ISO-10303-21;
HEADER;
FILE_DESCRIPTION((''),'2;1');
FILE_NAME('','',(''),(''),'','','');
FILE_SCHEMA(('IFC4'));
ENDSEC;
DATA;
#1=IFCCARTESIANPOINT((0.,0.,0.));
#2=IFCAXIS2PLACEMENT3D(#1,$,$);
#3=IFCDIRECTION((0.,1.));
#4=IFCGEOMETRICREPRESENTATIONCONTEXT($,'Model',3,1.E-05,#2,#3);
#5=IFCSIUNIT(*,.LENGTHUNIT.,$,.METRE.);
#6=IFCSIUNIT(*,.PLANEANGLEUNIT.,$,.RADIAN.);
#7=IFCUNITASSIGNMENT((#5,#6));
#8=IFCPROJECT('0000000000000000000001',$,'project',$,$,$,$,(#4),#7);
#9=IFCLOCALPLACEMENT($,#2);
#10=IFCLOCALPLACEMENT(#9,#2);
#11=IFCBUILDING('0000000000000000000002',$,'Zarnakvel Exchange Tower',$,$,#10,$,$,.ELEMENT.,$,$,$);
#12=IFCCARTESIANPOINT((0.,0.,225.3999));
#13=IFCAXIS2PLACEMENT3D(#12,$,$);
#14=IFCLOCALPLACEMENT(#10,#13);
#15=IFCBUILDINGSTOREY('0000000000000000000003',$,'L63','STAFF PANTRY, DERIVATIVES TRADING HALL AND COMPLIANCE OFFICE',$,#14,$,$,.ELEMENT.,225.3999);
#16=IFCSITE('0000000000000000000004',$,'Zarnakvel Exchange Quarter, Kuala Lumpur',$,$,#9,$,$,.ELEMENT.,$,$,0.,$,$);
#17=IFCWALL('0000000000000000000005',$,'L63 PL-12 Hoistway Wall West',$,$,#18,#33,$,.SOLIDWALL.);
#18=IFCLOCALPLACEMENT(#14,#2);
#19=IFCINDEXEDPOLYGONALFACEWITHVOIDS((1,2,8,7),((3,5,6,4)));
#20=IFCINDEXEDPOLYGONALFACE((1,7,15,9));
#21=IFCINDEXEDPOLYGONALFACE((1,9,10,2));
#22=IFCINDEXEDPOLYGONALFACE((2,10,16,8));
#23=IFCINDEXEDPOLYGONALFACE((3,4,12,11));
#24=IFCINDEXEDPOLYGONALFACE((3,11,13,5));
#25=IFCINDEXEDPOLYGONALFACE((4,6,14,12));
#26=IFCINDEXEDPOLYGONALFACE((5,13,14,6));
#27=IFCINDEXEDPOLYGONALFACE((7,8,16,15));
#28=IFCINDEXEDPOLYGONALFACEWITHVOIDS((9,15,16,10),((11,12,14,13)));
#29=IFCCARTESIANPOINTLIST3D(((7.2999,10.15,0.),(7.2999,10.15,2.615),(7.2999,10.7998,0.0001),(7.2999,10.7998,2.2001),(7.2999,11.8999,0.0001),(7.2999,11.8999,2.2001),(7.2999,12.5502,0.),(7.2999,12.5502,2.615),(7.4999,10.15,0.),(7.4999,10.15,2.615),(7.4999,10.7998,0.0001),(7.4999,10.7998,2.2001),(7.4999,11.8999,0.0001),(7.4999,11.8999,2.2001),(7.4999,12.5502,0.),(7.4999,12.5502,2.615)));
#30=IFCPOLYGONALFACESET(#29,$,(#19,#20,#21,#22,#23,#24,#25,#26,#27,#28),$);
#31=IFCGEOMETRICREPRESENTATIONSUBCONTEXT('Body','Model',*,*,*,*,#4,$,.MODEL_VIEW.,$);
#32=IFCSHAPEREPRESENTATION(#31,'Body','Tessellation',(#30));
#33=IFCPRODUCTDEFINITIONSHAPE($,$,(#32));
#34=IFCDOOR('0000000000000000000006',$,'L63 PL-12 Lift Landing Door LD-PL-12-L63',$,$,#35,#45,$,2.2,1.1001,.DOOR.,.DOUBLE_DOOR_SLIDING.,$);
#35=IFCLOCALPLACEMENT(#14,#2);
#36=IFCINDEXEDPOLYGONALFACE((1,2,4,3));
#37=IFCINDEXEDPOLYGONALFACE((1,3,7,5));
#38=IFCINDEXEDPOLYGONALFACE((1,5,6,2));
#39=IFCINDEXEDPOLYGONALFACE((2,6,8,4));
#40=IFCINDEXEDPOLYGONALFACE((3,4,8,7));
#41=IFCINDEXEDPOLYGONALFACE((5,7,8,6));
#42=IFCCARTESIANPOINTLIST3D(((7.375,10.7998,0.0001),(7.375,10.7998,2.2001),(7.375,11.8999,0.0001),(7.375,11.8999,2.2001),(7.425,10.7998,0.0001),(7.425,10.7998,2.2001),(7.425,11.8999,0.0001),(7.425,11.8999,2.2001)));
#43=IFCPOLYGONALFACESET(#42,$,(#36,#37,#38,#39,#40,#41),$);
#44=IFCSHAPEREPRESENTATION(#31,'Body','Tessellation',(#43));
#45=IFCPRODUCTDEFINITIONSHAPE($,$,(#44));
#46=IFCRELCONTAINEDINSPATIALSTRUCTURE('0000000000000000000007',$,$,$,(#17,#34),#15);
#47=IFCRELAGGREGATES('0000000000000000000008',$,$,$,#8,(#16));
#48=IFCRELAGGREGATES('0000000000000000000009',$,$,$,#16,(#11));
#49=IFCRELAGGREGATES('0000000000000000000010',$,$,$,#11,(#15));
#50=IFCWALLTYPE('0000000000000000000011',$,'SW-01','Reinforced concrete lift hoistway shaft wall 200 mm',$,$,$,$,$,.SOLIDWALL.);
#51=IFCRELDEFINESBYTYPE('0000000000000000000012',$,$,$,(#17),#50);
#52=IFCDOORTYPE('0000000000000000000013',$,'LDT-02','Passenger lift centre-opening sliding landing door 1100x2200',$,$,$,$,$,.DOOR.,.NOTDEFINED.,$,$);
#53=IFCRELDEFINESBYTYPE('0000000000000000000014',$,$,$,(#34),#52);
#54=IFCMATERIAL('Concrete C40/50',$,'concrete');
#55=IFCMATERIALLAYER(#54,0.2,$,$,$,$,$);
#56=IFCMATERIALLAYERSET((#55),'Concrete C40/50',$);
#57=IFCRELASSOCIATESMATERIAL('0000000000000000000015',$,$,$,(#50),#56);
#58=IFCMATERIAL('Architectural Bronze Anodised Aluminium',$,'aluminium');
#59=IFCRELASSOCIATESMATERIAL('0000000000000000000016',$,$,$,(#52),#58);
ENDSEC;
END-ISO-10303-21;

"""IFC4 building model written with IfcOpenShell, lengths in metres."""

from ifc_helpers import new_model, si_unit, direction, frame, frame_2d, origin, place, context, subcontext, project, spatial, rectangle, extrude, source, transform, mapped, material, layer, layer_set, type_object, element, fill, save


model = new_model("IFC4")

# Units and contexts
model_context = context("Model", 3, precision=1e-05, world=origin(), true_north=direction((0.0, 1.0)))
body_context = subcontext(model_context, "Body", "Model", "MODEL_VIEW")
ifc_project = project(units=[si_unit("LENGTHUNIT", "METRE"), si_unit("PLANEANGLEUNIT", "RADIAN")], contexts=[model_context])

# Site, building, storey
site_placement = place(None, origin())
site = spatial("IfcSite", under=ifc_project, at=site_placement, Name="Zarnakvel Exchange Quarter, Kuala Lumpur", CompositionType="ELEMENT", RefElevation=0.0)
building_placement = place(site_placement, origin())
building = spatial("IfcBuilding", under=site, at=building_placement, Name="Zarnakvel Exchange Tower", CompositionType="ELEMENT")
storey_placement = place(building_placement, frame((0.0, 0.0, 225.3999)))
storey = spatial("IfcBuildingStorey", under=building, at=storey_placement, Name="L63", Description="STAFF PANTRY, DERIVATIVES TRADING HALL AND COMPLIANCE OFFICE", CompositionType="ELEMENT", Elevation=225.3999)

# Shared definitions
ifc_material_1 = material(Name="Architectural Bronze Anodised Aluminium", Category="aluminium")

# Shared definitions
ifc_material_2 = material(Name="Concrete C40/50", Category="concrete")
ifc_layer_1 = layer(ifc_material_2, 0.2)
ifc_layer_set_1 = layer_set([ifc_layer_1], Name="Concrete C40/50")
wall_type_1 = type_object("IfcWallType", Name="SW-01", Description="Reinforced concrete lift hoistway shaft wall 200 mm", PredefinedType="SOLIDWALL", material=ifc_layer_set_1)

# Wall, opening, door
wall_1_placement = place(storey_placement, frame((7.3999, 10.1499, 0.0), z_axis=(0.0, 0.0, 1.0), x_axis=(0.0, 1.0, 0.0)))
wall_1 = element("IfcWall", 1, at=wall_1_placement, inside=storey, type_object=wall_type_1, Name="L63 PL-12 Hoistway Wall West", PredefinedType="SOLIDWALL", context=body_context, shape_type="SweptSolid", body=[
    extrude(rectangle(XDim=2.4001, YDim=0.2, at=frame_2d((1.2002, 0.0))), origin(), (0.0, 0.0, 1.0), 2.615),
])
opening_1_placement = place(wall_1_placement, frame((0.6499, 0.0, 0.0)))
opening_1 = element("IfcOpeningElement", 2, at=opening_1_placement, cuts=wall_1, PredefinedType="OPENING", context=body_context, shape_type="SweptSolid", body=[
    extrude(rectangle(XDim=1.1001, YDim=2.2, at=frame_2d((0.55, 1.1001))), frame((0.0, 0.1099, 0.0), z_axis=(0.0, -1.0, 0.0), x_axis=(1.0, 0.0, 0.0)), (0.0, 0.0, 1.0), 0.22),
])
door_type_1 = type_object("IfcDoorType", Name="LDT-02", Description="Passenger lift centre-opening sliding landing door 1100x2200", OperationType="NOTDEFINED", PredefinedType="DOOR", material=ifc_material_1)
shared_shape_1 = source(origin(), body_context, "Body", "SweptSolid", [
    extrude(rectangle(XDim=1.1001, YDim=2.2, at=frame_2d((0.55, 1.1001))), frame((0.0, 0.0249, 0.0), z_axis=(0.0, -1.0, 0.0), x_axis=(1.0, 0.0, 0.0)), (0.0, 0.0, 1.0), 0.05),
])
door_1_placement = place(opening_1_placement, origin())
door_1 = element("IfcDoor", 3, at=door_1_placement, inside=storey, type_object=door_type_1, Name="L63 PL-12 Lift Landing Door LD-PL-12-L63", OperationType="DOUBLE_DOOR_SLIDING", OverallHeight=2.2, OverallWidth=1.1001, PredefinedType="DOOR", context=body_context, shape_type="MappedRepresentation", body=[
    mapped(shared_shape_1, transform((0.0, 0.0, 0.0), x_axis=(1.0, 0.0, 0.0), y_axis=(0.0, 1.0, 0.0), z_axis=(0.0, 0.0, 1.0), scale=1.0)),
])
fill(opening_1, door_1)

save(model, "model.ifc")
